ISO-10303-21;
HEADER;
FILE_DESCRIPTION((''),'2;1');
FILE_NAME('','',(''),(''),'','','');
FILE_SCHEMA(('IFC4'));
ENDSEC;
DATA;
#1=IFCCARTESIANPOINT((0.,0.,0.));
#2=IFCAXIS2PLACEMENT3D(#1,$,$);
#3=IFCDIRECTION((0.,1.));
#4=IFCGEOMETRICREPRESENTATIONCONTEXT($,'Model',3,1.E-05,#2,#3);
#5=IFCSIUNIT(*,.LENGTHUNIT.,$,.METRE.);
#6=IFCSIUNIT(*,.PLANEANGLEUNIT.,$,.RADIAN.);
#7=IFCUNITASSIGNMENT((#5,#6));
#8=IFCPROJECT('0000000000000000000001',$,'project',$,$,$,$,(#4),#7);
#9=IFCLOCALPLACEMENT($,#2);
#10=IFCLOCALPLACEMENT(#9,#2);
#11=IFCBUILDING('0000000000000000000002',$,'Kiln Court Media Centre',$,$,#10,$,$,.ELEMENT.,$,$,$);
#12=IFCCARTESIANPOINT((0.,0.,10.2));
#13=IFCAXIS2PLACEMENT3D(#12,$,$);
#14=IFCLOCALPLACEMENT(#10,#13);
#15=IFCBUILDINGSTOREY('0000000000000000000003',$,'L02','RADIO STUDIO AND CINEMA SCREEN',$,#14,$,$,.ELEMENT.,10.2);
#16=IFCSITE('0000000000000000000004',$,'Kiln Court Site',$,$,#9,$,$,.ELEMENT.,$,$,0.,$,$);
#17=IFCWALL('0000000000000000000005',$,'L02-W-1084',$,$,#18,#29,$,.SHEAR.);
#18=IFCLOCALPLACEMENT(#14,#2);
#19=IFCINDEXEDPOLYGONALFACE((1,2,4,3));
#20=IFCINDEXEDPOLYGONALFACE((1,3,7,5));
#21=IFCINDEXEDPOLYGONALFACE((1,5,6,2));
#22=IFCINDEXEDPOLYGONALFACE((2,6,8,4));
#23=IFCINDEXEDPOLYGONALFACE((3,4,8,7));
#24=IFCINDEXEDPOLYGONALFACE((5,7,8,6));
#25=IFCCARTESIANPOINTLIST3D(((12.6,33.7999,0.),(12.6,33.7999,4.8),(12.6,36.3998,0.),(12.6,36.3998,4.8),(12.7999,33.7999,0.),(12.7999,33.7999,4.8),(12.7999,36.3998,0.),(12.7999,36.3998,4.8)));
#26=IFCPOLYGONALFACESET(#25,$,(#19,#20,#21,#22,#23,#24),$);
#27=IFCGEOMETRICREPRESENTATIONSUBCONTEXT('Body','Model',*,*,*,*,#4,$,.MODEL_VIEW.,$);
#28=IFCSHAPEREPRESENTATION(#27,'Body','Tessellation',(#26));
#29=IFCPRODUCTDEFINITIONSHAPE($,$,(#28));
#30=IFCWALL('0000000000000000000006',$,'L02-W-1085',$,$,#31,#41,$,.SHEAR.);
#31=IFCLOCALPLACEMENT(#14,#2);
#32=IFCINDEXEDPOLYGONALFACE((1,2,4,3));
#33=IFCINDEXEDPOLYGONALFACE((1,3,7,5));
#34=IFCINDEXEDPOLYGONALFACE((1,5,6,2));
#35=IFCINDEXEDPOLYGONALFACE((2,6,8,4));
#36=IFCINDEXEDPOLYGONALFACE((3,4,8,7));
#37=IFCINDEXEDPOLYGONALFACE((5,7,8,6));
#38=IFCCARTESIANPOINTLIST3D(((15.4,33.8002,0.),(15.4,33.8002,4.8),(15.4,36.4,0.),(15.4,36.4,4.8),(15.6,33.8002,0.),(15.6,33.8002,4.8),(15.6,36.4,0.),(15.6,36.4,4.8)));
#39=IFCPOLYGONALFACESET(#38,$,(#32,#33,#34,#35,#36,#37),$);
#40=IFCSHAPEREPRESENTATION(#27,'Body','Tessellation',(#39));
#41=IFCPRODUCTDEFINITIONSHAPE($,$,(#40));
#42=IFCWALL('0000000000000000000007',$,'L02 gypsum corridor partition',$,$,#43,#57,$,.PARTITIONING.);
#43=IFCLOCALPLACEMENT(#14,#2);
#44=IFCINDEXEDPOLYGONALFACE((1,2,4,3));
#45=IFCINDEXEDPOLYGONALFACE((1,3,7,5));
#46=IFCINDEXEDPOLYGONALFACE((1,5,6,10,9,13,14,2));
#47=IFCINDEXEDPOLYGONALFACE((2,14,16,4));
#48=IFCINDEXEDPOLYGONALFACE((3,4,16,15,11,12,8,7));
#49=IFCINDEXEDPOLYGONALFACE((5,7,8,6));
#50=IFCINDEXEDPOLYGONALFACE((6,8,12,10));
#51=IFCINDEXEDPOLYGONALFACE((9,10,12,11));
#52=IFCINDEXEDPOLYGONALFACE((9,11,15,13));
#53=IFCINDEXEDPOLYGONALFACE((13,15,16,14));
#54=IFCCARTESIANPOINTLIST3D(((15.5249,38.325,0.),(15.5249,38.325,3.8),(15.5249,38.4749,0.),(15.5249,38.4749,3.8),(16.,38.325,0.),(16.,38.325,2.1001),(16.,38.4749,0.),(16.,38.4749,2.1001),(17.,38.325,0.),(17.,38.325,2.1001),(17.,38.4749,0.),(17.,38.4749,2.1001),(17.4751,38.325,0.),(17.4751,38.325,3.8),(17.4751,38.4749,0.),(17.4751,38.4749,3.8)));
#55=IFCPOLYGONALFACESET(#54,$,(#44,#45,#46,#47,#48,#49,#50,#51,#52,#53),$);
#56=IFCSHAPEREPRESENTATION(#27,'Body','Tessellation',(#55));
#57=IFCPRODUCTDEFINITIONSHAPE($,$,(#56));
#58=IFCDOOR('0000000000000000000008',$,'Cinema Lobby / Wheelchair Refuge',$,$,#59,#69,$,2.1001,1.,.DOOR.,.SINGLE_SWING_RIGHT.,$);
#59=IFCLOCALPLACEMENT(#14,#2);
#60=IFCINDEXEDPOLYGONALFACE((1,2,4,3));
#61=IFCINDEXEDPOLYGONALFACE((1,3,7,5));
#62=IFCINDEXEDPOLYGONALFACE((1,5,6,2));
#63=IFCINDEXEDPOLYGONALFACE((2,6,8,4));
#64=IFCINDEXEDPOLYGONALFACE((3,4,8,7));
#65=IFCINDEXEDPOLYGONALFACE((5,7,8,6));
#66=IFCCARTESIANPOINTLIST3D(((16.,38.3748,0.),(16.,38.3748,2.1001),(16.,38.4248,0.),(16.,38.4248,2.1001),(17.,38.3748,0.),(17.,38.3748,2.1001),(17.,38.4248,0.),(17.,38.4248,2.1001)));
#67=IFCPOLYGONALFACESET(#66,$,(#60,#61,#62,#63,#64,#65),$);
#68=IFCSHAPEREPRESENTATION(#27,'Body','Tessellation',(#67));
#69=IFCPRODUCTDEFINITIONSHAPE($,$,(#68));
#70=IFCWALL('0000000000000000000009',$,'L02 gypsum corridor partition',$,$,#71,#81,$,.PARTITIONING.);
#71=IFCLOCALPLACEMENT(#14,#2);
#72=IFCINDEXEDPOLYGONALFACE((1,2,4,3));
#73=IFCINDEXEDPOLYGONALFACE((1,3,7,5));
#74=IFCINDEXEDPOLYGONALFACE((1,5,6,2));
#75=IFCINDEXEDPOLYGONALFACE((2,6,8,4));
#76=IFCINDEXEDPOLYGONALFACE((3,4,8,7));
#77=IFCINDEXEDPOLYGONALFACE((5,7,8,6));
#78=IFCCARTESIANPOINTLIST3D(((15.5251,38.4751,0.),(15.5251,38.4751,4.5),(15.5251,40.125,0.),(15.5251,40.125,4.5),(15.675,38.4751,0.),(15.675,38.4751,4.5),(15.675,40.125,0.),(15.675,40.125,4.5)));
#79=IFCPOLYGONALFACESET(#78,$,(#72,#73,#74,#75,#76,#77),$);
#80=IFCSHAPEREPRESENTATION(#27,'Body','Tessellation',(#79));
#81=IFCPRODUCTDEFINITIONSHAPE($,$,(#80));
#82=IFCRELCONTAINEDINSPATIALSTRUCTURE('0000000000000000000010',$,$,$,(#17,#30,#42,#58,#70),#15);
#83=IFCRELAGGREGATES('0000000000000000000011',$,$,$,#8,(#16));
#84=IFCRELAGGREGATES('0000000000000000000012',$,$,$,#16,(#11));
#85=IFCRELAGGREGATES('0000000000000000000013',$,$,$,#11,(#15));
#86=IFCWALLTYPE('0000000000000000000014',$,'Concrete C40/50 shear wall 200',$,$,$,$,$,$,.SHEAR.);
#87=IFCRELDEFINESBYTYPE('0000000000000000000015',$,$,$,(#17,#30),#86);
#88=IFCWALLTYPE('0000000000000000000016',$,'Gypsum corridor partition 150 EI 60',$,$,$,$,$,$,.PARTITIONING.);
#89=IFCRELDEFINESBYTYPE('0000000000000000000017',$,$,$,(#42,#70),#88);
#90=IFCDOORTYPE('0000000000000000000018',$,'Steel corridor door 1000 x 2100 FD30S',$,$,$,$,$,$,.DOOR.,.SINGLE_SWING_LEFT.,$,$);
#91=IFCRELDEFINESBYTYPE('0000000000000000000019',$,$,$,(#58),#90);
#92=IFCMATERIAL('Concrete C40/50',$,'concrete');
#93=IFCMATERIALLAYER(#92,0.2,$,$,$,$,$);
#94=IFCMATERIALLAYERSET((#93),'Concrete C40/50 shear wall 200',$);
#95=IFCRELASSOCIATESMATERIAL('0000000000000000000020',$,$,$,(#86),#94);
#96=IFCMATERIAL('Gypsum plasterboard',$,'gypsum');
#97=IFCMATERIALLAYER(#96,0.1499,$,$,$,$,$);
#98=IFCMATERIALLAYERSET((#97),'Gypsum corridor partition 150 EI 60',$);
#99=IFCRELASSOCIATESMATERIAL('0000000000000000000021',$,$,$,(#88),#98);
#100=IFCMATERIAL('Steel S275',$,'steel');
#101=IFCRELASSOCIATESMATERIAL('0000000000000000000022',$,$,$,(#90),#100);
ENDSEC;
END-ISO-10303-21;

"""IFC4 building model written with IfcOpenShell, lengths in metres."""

from ifc_helpers import new_model, si_unit, direction, frame, frame_2d, origin, place, context, subcontext, project, spatial, rectangle, extrude, material, layer, layer_set, type_object, element, fill, save


model = new_model("IFC4")

# Units and contexts
model_context = context("Model", 3, precision=1e-05, world=origin(), true_north=direction((0.0, 1.0)))
body_context = subcontext(model_context, "Body", "Model", "MODEL_VIEW")
ifc_project = project(units=[si_unit("LENGTHUNIT", "METRE"), si_unit("PLANEANGLEUNIT", "RADIAN")], contexts=[model_context])

# Site, building, storey
site_placement = place(None, origin())
site = spatial("IfcSite", under=ifc_project, at=site_placement, Name="Kiln Court Site", CompositionType="ELEMENT", RefElevation=0.0)
building_placement = place(site_placement, origin())
building = spatial("IfcBuilding", under=site, at=building_placement, Name="Kiln Court Media Centre", CompositionType="ELEMENT")
storey_placement = place(building_placement, frame((0.0, 0.0, 10.2)))
storey = spatial("IfcBuildingStorey", under=building, at=storey_placement, Name="L02", Description="RADIO STUDIO AND CINEMA SCREEN", CompositionType="ELEMENT", Elevation=10.2)

# Shared definitions
ifc_material_1 = material(Name="Concrete C40/50", Category="concrete")
ifc_layer_1 = layer(ifc_material_1, 0.2)
ifc_layer_set_1 = layer_set([ifc_layer_1], Name="Concrete C40/50 shear wall 200")
wall_type_1 = type_object("IfcWallType", Name="Concrete C40/50 shear wall 200", PredefinedType="SHEAR", material=ifc_layer_set_1)

# Walls
for number, where, z_axis, x_axis, name in (
    (1, (12.7, 33.8, 0.0), (0.0, 0.0, 1.0), (0.0, 1.0, 0.0), "L02-W-1084"),
    (2, (15.5, 36.3999, 0.0), (0.0, 0.0, 1.0), (0.0, -1.0, 0.0), "L02-W-1085"),
):
    element("IfcWall", number, at=place(storey_placement, frame(where, z_axis=z_axis, x_axis=x_axis)), inside=storey, type_object=wall_type_1, Name=name, PredefinedType="SHEAR", context=body_context, shape_type="SweptSolid", body=[
        extrude(rectangle(XDim=2.5999, YDim=0.2, at=frame_2d((1.2998, 0.0))), origin(), (0.0, 0.0, 1.0), 4.8),
    ])

# Wall, opening, door
ifc_material_2 = material(Name="Gypsum plasterboard", Category="gypsum")
ifc_layer_2 = layer(ifc_material_2, 0.1499)
ifc_layer_set_2 = layer_set([ifc_layer_2], Name="Gypsum corridor partition 150 EI 60")
wall_type_2 = type_object("IfcWallType", Name="Gypsum corridor partition 150 EI 60", PredefinedType="PARTITIONING", material=ifc_layer_set_2)
wall_1_placement = place(storey_placement, frame((15.5249, 38.3999, 0.0), z_axis=(0.0, 0.0, 1.0), x_axis=(1.0, 0.0, 0.0)))
wall_1 = element("IfcWall", 3, at=wall_1_placement, inside=storey, type_object=wall_type_2, Name="L02 gypsum corridor partition", PredefinedType="PARTITIONING", context=body_context, shape_type="SweptSolid", body=[
    extrude(rectangle(XDim=1.9502, YDim=0.1499, at=frame_2d((0.9751, 0.0))), origin(), (0.0, 0.0, 1.0), 3.8),
])
opening_1_placement = place(wall_1_placement, frame((0.4751, 0.0, 0.0)))
opening_1 = element("IfcOpeningElement", 4, at=opening_1_placement, cuts=wall_1, PredefinedType="OPENING", context=body_context, shape_type="SweptSolid", body=[
    extrude(rectangle(XDim=1.0, YDim=2.1001, at=frame_2d((0.5, 1.05))), frame((0.0, 0.085, 0.0), z_axis=(0.0, -1.0, 0.0), x_axis=(1.0, 0.0, 0.0)), (0.0, 0.0, 1.0), 0.1699),
])
ifc_material_3 = material(Name="Steel S275", Category="steel")
door_type_1 = type_object("IfcDoorType", Name="Steel corridor door 1000 x 2100 FD30S", OperationType="SINGLE_SWING_LEFT", PredefinedType="DOOR", material=ifc_material_3)
door_1_placement = place(opening_1_placement, origin())
door_1 = element("IfcDoor", 5, at=door_1_placement, inside=storey, type_object=door_type_1, Name="Cinema Lobby / Wheelchair Refuge", OperationType="SINGLE_SWING_RIGHT", OverallHeight=2.1001, OverallWidth=1.0, PredefinedType="DOOR", context=body_context, shape_type="SweptSolid", body=[
    extrude(rectangle(XDim=1.0, YDim=2.1001, at=frame_2d((0.5, 1.05))), frame((0.0, 0.0249, 0.0), z_axis=(0.0, -1.0, 0.0), x_axis=(1.0, 0.0, 0.0)), (0.0, 0.0, 1.0), 0.05),
])
fill(opening_1, door_1)

# Wall
wall_2_placement = place(storey_placement, frame((15.6001, 38.4751, 0.0), z_axis=(0.0, 0.0, 1.0), x_axis=(0.0, 1.0, 0.0)))
element("IfcWall", 6, at=wall_2_placement, inside=storey, type_object=wall_type_2, Name="L02 gypsum corridor partition", PredefinedType="PARTITIONING", context=body_context, shape_type="SweptSolid", body=[
    extrude(rectangle(XDim=1.6499, YDim=0.1499, at=frame_2d((0.825, 0.0))), origin(), (0.0, 0.0, 1.0), 4.5),
])

save(model, "model.ifc")
